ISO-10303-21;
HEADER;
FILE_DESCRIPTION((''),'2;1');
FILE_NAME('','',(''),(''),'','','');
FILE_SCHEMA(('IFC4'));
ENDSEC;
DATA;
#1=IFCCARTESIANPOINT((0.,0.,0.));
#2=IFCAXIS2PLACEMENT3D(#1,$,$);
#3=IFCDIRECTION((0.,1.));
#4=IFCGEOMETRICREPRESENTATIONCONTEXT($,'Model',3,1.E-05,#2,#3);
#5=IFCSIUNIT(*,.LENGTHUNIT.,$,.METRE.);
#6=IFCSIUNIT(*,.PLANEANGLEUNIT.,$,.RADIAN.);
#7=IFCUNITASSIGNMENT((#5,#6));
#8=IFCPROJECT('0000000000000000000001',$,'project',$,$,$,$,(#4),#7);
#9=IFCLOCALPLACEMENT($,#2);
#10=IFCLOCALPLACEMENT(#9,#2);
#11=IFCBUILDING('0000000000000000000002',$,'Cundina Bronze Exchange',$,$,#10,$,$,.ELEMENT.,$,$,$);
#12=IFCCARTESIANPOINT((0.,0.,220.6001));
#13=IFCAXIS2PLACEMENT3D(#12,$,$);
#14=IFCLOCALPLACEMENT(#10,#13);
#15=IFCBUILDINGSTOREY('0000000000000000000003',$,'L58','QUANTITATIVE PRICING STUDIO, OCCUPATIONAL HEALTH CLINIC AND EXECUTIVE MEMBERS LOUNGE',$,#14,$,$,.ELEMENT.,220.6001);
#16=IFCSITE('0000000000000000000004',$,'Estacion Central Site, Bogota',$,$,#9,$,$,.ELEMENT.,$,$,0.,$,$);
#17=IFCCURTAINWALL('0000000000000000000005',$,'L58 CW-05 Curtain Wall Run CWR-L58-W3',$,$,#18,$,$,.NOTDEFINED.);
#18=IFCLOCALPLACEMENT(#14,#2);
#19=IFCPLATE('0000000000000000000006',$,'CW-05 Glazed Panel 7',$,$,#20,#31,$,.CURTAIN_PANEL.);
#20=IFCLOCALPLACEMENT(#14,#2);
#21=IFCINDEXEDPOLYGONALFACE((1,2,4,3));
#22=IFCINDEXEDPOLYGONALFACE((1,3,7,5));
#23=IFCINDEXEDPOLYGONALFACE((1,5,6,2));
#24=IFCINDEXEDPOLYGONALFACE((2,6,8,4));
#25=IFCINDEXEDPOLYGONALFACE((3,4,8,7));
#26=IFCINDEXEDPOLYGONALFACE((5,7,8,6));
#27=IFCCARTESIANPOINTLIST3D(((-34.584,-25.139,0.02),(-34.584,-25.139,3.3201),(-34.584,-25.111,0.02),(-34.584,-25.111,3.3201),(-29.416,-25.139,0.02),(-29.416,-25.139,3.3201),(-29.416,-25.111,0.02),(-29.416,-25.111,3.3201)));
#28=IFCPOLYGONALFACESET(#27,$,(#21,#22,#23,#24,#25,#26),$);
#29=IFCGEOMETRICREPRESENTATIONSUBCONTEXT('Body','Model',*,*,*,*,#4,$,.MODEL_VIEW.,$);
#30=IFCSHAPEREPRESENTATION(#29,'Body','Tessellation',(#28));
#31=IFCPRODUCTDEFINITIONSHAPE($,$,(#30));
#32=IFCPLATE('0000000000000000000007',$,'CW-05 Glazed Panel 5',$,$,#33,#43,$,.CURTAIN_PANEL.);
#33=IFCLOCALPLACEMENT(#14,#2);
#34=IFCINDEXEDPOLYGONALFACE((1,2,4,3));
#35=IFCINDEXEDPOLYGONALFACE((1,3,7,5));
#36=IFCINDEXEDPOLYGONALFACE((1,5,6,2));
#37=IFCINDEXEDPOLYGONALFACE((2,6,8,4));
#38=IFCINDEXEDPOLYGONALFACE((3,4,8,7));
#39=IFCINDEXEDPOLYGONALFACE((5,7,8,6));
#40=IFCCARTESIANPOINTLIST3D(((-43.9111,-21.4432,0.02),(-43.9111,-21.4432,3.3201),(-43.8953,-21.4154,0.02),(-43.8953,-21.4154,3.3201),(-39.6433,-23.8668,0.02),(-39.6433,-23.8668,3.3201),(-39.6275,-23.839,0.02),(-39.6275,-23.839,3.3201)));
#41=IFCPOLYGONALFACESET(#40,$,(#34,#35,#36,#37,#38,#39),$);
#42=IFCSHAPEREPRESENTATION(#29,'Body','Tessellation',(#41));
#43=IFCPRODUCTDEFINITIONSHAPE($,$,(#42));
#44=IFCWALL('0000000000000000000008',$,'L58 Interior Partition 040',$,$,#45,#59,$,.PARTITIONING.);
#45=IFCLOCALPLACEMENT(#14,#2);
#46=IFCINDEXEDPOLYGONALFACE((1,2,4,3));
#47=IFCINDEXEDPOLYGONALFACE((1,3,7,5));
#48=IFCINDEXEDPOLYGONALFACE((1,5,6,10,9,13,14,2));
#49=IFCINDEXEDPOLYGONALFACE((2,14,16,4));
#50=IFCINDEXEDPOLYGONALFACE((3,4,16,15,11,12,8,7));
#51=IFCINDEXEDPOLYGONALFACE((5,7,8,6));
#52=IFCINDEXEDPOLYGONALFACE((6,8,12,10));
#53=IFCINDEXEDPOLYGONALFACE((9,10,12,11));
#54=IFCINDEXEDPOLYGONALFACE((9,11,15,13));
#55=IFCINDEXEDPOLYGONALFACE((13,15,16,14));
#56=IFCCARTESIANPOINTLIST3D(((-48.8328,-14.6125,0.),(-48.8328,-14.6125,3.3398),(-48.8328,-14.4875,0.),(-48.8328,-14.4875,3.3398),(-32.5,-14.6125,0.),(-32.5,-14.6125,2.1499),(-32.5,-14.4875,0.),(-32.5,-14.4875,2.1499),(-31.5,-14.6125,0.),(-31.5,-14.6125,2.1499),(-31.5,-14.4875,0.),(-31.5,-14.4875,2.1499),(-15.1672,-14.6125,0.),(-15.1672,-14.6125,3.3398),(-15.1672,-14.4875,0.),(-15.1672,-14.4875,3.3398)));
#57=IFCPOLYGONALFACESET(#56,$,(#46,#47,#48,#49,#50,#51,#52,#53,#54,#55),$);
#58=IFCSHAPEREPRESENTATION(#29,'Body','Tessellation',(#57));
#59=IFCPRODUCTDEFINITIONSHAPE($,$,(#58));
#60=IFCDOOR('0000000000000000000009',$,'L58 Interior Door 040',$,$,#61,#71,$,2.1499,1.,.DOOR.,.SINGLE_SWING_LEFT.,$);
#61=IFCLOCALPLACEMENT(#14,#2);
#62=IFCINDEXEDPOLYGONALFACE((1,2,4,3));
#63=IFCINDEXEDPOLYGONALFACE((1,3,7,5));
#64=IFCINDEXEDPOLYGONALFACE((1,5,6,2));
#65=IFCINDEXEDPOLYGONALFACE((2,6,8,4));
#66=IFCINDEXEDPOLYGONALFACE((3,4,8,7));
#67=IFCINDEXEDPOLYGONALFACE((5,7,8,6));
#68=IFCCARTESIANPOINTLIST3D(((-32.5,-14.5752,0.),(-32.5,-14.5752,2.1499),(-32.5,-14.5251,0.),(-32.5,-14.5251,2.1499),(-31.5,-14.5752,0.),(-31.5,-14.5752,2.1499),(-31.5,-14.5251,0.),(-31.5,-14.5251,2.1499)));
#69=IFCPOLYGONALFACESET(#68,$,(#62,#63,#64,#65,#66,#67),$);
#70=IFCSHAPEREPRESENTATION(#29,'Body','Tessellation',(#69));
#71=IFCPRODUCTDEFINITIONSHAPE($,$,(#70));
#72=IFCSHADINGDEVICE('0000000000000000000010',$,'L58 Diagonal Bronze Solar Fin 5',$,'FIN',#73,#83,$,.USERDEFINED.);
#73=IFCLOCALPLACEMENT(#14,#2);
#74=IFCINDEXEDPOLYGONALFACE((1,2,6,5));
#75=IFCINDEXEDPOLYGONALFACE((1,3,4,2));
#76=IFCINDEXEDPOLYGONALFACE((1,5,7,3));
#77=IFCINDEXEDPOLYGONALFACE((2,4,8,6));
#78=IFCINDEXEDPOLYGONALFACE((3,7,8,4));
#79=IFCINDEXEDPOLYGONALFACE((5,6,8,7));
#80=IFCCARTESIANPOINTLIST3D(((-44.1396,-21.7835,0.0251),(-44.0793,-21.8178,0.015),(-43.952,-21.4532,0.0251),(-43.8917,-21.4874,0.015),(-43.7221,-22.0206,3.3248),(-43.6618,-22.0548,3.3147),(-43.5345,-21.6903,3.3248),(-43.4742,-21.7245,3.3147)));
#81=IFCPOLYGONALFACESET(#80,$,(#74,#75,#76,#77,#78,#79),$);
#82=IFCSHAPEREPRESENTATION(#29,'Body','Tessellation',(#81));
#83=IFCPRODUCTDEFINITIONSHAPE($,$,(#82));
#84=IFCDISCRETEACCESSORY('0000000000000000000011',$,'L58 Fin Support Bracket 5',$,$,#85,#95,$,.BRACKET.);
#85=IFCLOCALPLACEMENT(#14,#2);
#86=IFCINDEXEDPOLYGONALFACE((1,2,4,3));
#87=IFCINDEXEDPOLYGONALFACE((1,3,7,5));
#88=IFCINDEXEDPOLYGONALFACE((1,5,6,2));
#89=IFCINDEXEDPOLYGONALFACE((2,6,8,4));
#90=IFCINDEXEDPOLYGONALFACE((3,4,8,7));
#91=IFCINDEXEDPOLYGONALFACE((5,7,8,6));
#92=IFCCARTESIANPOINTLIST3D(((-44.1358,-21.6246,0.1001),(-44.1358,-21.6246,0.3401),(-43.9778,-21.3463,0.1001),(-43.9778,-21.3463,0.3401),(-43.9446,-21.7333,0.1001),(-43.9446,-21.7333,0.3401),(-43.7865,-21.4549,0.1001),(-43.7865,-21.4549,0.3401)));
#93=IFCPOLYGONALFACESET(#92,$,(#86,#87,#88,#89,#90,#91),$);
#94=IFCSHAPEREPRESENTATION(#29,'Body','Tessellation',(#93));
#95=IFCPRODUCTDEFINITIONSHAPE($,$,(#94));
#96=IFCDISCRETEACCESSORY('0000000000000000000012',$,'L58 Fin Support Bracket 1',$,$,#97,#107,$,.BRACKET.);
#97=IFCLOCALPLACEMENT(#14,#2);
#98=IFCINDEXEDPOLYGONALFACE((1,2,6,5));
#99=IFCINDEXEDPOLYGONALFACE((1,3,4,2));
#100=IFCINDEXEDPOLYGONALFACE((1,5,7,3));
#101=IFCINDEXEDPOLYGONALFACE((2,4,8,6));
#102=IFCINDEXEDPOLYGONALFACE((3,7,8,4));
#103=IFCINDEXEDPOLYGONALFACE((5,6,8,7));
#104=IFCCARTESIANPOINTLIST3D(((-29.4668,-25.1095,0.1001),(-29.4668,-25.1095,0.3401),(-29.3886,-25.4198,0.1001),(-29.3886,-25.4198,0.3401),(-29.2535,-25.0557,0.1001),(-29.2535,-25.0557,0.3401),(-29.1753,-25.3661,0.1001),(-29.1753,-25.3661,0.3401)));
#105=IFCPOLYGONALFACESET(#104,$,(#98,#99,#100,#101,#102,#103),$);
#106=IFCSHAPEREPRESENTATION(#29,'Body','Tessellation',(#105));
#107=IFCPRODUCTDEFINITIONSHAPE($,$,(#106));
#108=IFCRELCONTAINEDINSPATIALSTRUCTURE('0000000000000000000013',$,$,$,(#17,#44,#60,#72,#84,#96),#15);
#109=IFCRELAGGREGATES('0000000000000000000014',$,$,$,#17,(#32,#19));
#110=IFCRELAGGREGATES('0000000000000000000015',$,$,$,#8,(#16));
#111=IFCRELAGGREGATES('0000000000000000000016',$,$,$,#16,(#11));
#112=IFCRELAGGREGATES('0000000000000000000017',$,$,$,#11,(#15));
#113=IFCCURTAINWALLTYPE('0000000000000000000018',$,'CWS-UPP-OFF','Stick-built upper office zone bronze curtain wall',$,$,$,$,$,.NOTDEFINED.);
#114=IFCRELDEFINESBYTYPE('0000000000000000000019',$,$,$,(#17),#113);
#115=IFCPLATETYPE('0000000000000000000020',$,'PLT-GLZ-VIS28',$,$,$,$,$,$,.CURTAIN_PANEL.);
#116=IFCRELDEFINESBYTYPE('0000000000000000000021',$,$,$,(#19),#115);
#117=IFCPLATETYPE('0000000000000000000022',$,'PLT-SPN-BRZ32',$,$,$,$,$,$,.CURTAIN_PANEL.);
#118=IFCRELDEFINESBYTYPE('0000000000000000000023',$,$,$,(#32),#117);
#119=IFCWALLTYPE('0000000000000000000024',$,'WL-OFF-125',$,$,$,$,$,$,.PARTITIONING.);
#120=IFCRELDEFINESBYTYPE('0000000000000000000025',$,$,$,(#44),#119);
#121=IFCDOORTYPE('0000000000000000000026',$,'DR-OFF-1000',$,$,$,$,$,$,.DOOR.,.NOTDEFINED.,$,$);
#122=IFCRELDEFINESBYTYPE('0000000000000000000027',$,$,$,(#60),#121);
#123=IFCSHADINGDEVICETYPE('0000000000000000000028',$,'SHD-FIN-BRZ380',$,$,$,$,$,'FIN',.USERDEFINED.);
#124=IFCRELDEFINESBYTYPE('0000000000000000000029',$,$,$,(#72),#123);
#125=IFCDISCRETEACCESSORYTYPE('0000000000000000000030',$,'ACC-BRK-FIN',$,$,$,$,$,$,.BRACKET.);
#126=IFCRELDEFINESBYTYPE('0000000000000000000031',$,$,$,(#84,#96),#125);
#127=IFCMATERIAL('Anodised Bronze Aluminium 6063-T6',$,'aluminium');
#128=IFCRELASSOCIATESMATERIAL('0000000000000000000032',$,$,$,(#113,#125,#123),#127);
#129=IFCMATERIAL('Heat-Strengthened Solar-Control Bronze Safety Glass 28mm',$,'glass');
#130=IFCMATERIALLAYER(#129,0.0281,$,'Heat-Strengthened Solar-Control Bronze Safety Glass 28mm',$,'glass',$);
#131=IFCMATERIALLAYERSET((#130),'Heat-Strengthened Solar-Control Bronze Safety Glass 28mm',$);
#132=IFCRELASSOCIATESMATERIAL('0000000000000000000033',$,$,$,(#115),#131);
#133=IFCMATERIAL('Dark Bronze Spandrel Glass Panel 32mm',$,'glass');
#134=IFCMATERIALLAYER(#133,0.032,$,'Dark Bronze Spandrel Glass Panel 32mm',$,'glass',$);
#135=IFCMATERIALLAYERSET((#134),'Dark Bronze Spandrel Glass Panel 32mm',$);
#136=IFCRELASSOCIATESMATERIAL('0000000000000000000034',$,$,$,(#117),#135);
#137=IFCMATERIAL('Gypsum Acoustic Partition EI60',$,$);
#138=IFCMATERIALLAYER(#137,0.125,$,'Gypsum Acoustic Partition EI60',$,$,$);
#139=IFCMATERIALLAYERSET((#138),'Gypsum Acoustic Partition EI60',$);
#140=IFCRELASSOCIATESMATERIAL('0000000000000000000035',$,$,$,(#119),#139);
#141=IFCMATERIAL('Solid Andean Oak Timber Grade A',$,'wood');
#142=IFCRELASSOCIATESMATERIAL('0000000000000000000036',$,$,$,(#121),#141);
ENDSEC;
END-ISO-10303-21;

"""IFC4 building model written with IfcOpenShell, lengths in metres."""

from ifc_helpers import new_model, si_unit, direction, frame, frame_2d, origin, origin_2d, place, context, subcontext, project, spatial, rectangle, extrude, material, layer, layer_set, material_profile, profile_set, type_object, element, fill, aggregate, save


model = new_model("IFC4")

# Units and contexts
model_context = context("Model", 3, precision=1e-05, world=origin(), true_north=direction((0.0, 1.0)))
body_context = subcontext(model_context, "Body", "Model", "MODEL_VIEW")
ifc_project = project(units=[si_unit("LENGTHUNIT", "METRE"), si_unit("PLANEANGLEUNIT", "RADIAN")], contexts=[model_context])

# Site, building, storey
site_placement = place(None, origin())
site = spatial("IfcSite", under=ifc_project, at=site_placement, Name="Estacion Central Site, Bogota", CompositionType="ELEMENT", RefElevation=0.0)
building_placement = place(site_placement, origin())
building = spatial("IfcBuilding", under=site, at=building_placement, Name="Cundina Bronze Exchange", CompositionType="ELEMENT")
storey_placement = place(building_placement, frame((0.0, 0.0, 220.6001)))
storey = spatial("IfcBuildingStorey", under=building, at=storey_placement, Name="L58", Description="QUANTITATIVE PRICING STUDIO, OCCUPATIONAL HEALTH CLINIC AND EXECUTIVE MEMBERS LOUNGE", CompositionType="ELEMENT", Elevation=220.6001)

# Curtain wall
ifc_material_1 = material(Name="Anodised Bronze Aluminium 6063-T6", Category="aluminium")
curtain_wall_type = type_object("IfcCurtainWallType", Name="CWS-UPP-OFF", Description="Stick-built upper office zone bronze curtain wall", PredefinedType="NOTDEFINED", material=ifc_material_1)
curtain_wall_1_placement = place(storey_placement, origin())
curtain_wall_1 = element("IfcCurtainWall", 1, at=curtain_wall_1_placement, inside=storey, type_object=curtain_wall_type, Name="L58 CW-05 Curtain Wall Run CWR-L58-W3", PredefinedType="NOTDEFINED")

# Plates
ifc_material_2 = material(Name="Heat-Strengthened Solar-Control Bronze Safety Glass 28mm", Category="glass")
ifc_layer_1 = layer(ifc_material_2, 0.0281, Name="Heat-Strengthened Solar-Control Bronze Safety Glass 28mm", Category="glass")
ifc_layer_set_1 = layer_set([ifc_layer_1], Name="Heat-Strengthened Solar-Control Bronze Safety Glass 28mm")
plate_type_1 = type_object("IfcPlateType", Name="PLT-GLZ-VIS28", PredefinedType="CURTAIN_PANEL", material=ifc_layer_set_1)
plate_1_placement = place(storey_placement, frame((-32.0, -25.125, 0.02), z_axis=(0.0, 0.0, 1.0), x_axis=(1.0, 0.0, 0.0)))
plate_1 = element("IfcPlate", 2, at=plate_1_placement, type_object=plate_type_1, Name="CW-05 Glazed Panel 7", PredefinedType="CURTAIN_PANEL", context=body_context, shape_type="SweptSolid", body=[
    extrude(rectangle(XDim=5.168, YDim=0.0281, at=origin_2d()), origin(), (0.0, 0.0, 1.0), 3.3),
])
ifc_material_3 = material(Name="Dark Bronze Spandrel Glass Panel 32mm", Category="glass")
ifc_layer_2 = layer(ifc_material_3, 0.032, Name="Dark Bronze Spandrel Glass Panel 32mm", Category="glass")
ifc_layer_set_2 = layer_set([ifc_layer_2], Name="Dark Bronze Spandrel Glass Panel 32mm")
plate_type_2 = type_object("IfcPlateType", Name="PLT-SPN-BRZ32", PredefinedType="CURTAIN_PANEL", material=ifc_layer_set_2)
plate_2_placement = place(storey_placement, frame((-41.7693, -22.6411, 0.02), z_axis=(0.0, 0.0, 1.0), x_axis=(0.869573, -0.493805, 0.0)))
plate_2 = element("IfcPlate", 3, at=plate_2_placement, type_object=plate_type_2, Name="CW-05 Glazed Panel 5", PredefinedType="CURTAIN_PANEL", context=body_context, shape_type="SweptSolid", body=[
    extrude(rectangle(XDim=4.908, YDim=0.032, at=origin_2d()), origin(), (0.0, 0.0, 1.0), 3.3),
])
aggregate(curtain_wall_1, [plate_2, plate_1])

# Wall, opening, door
ifc_material_4 = material(Name="Gypsum Acoustic Partition EI60")
ifc_layer_3 = layer(ifc_material_4, 0.125, Name="Gypsum Acoustic Partition EI60")
ifc_layer_set_3 = layer_set([ifc_layer_3], Name="Gypsum Acoustic Partition EI60")
wall_type = type_object("IfcWallType", Name="WL-OFF-125", PredefinedType="PARTITIONING", material=ifc_layer_set_3)
wall_placement = place(storey_placement, frame((-48.8328, -14.55, 0.0), z_axis=(0.0, 0.0, 1.0), x_axis=(1.0, 0.0, 0.0)))
wall = element("IfcWall", 4, at=wall_placement, inside=storey, type_object=wall_type, Name="L58 Interior Partition 040", PredefinedType="PARTITIONING", context=body_context, shape_type="SweptSolid", body=[
    extrude(rectangle(XDim=33.6655, YDim=0.125, at=frame_2d((16.8328, 0.0))), origin(), (0.0, 0.0, 1.0), 3.3398),
])
opening_placement = place(wall_placement, frame((16.3328, 0.0, 0.0)))
opening = element("IfcOpeningElement", 5, at=opening_placement, cuts=wall, PredefinedType="OPENING", context=body_context, shape_type="SweptSolid", body=[
    extrude(rectangle(XDim=1.0, YDim=2.1499, at=frame_2d((0.5, 1.075))), frame((0.0, 0.0725, 0.0), z_axis=(0.0, -1.0, 0.0), x_axis=(1.0, 0.0, 0.0)), (0.0, 0.0, 1.0), 0.145),
])
ifc_material_5 = material(Name="Solid Andean Oak Timber Grade A", Category="wood")
door_type = type_object("IfcDoorType", Name="DR-OFF-1000", OperationType="NOTDEFINED", PredefinedType="DOOR", material=ifc_material_5)
door_placement = place(opening_placement, origin())
door = element("IfcDoor", 6, at=door_placement, inside=storey, type_object=door_type, Name="L58 Interior Door 040", OperationType="SINGLE_SWING_LEFT", OverallHeight=2.1499, OverallWidth=1.0, PredefinedType="DOOR", context=body_context, shape_type="SweptSolid", body=[
    extrude(rectangle(XDim=1.0, YDim=2.1499, at=frame_2d((0.5, 1.075))), frame((0.0, 0.0249, 0.0), z_axis=(0.0, -1.0, 0.0), x_axis=(1.0, 0.0, 0.0)), (0.0, 0.0, 1.0), 0.05),
])
fill(opening, door)

# Shading device
ifc_material_profile_1 = material_profile(ifc_material_1, rectangle(XDim=0.0701, YDim=0.3799, at=origin_2d()), Name="FIN70X380", Category="aluminium")
ifc_profile_set_1 = profile_set([ifc_material_profile_1], Name="Anodised Bronze Aluminium 6063-T6")
shading_device_type = type_object("IfcShadingDeviceType", Name="SHD-FIN-BRZ380", ElementType="FIN", PredefinedType="USERDEFINED", material=ifc_profile_set_1)
shading_device_placement = place(storey_placement, frame((-44.0156, -21.6355, 0.02), z_axis=(0.125199, -0.071092, 0.989581), x_axis=(-0.860526, 0.488638, 0.143975)))
element("IfcShadingDevice", 7, at=shading_device_placement, inside=storey, type_object=shading_device_type, Name="L58 Diagonal Bronze Solar Fin 5", ObjectType="FIN", PredefinedType="USERDEFINED", context=body_context, shape_type="SweptSolid", body=[
    extrude(rectangle(XDim=0.0701, YDim=0.3799, at=origin_2d()), origin(), (0.0, 0.0, 1.0), 3.3345),
])

# Discrete accessories
discrete_accessory_type = type_object("IfcDiscreteAccessoryType", Name="ACC-BRK-FIN", PredefinedType="BRACKET", material=ifc_material_1)
for number, where, z_axis, x_axis, name in (
    (8, (-43.9612, -21.5398, 0.1001), (0.0, 0.0, 1.0), (0.869573, -0.493805, 0.0), "L58 Fin Support Bracket 5"),
    (9, (-29.321, -25.2378, 0.1001), (0.0, 0.0, 1.0), (0.969732, 0.244174, 0.0), "L58 Fin Support Bracket 1"),
):
    element("IfcDiscreteAccessory", number, at=place(storey_placement, frame(where, z_axis=z_axis, x_axis=x_axis)), inside=storey, type_object=discrete_accessory_type, Name=name, PredefinedType="BRACKET", context=body_context, shape_type="SweptSolid", body=[
        extrude(rectangle(XDim=0.22, YDim=0.3201, at=origin_2d()), origin(), (0.0, 0.0, 1.0), 0.24),
    ])

save(model, "model.ifc")
